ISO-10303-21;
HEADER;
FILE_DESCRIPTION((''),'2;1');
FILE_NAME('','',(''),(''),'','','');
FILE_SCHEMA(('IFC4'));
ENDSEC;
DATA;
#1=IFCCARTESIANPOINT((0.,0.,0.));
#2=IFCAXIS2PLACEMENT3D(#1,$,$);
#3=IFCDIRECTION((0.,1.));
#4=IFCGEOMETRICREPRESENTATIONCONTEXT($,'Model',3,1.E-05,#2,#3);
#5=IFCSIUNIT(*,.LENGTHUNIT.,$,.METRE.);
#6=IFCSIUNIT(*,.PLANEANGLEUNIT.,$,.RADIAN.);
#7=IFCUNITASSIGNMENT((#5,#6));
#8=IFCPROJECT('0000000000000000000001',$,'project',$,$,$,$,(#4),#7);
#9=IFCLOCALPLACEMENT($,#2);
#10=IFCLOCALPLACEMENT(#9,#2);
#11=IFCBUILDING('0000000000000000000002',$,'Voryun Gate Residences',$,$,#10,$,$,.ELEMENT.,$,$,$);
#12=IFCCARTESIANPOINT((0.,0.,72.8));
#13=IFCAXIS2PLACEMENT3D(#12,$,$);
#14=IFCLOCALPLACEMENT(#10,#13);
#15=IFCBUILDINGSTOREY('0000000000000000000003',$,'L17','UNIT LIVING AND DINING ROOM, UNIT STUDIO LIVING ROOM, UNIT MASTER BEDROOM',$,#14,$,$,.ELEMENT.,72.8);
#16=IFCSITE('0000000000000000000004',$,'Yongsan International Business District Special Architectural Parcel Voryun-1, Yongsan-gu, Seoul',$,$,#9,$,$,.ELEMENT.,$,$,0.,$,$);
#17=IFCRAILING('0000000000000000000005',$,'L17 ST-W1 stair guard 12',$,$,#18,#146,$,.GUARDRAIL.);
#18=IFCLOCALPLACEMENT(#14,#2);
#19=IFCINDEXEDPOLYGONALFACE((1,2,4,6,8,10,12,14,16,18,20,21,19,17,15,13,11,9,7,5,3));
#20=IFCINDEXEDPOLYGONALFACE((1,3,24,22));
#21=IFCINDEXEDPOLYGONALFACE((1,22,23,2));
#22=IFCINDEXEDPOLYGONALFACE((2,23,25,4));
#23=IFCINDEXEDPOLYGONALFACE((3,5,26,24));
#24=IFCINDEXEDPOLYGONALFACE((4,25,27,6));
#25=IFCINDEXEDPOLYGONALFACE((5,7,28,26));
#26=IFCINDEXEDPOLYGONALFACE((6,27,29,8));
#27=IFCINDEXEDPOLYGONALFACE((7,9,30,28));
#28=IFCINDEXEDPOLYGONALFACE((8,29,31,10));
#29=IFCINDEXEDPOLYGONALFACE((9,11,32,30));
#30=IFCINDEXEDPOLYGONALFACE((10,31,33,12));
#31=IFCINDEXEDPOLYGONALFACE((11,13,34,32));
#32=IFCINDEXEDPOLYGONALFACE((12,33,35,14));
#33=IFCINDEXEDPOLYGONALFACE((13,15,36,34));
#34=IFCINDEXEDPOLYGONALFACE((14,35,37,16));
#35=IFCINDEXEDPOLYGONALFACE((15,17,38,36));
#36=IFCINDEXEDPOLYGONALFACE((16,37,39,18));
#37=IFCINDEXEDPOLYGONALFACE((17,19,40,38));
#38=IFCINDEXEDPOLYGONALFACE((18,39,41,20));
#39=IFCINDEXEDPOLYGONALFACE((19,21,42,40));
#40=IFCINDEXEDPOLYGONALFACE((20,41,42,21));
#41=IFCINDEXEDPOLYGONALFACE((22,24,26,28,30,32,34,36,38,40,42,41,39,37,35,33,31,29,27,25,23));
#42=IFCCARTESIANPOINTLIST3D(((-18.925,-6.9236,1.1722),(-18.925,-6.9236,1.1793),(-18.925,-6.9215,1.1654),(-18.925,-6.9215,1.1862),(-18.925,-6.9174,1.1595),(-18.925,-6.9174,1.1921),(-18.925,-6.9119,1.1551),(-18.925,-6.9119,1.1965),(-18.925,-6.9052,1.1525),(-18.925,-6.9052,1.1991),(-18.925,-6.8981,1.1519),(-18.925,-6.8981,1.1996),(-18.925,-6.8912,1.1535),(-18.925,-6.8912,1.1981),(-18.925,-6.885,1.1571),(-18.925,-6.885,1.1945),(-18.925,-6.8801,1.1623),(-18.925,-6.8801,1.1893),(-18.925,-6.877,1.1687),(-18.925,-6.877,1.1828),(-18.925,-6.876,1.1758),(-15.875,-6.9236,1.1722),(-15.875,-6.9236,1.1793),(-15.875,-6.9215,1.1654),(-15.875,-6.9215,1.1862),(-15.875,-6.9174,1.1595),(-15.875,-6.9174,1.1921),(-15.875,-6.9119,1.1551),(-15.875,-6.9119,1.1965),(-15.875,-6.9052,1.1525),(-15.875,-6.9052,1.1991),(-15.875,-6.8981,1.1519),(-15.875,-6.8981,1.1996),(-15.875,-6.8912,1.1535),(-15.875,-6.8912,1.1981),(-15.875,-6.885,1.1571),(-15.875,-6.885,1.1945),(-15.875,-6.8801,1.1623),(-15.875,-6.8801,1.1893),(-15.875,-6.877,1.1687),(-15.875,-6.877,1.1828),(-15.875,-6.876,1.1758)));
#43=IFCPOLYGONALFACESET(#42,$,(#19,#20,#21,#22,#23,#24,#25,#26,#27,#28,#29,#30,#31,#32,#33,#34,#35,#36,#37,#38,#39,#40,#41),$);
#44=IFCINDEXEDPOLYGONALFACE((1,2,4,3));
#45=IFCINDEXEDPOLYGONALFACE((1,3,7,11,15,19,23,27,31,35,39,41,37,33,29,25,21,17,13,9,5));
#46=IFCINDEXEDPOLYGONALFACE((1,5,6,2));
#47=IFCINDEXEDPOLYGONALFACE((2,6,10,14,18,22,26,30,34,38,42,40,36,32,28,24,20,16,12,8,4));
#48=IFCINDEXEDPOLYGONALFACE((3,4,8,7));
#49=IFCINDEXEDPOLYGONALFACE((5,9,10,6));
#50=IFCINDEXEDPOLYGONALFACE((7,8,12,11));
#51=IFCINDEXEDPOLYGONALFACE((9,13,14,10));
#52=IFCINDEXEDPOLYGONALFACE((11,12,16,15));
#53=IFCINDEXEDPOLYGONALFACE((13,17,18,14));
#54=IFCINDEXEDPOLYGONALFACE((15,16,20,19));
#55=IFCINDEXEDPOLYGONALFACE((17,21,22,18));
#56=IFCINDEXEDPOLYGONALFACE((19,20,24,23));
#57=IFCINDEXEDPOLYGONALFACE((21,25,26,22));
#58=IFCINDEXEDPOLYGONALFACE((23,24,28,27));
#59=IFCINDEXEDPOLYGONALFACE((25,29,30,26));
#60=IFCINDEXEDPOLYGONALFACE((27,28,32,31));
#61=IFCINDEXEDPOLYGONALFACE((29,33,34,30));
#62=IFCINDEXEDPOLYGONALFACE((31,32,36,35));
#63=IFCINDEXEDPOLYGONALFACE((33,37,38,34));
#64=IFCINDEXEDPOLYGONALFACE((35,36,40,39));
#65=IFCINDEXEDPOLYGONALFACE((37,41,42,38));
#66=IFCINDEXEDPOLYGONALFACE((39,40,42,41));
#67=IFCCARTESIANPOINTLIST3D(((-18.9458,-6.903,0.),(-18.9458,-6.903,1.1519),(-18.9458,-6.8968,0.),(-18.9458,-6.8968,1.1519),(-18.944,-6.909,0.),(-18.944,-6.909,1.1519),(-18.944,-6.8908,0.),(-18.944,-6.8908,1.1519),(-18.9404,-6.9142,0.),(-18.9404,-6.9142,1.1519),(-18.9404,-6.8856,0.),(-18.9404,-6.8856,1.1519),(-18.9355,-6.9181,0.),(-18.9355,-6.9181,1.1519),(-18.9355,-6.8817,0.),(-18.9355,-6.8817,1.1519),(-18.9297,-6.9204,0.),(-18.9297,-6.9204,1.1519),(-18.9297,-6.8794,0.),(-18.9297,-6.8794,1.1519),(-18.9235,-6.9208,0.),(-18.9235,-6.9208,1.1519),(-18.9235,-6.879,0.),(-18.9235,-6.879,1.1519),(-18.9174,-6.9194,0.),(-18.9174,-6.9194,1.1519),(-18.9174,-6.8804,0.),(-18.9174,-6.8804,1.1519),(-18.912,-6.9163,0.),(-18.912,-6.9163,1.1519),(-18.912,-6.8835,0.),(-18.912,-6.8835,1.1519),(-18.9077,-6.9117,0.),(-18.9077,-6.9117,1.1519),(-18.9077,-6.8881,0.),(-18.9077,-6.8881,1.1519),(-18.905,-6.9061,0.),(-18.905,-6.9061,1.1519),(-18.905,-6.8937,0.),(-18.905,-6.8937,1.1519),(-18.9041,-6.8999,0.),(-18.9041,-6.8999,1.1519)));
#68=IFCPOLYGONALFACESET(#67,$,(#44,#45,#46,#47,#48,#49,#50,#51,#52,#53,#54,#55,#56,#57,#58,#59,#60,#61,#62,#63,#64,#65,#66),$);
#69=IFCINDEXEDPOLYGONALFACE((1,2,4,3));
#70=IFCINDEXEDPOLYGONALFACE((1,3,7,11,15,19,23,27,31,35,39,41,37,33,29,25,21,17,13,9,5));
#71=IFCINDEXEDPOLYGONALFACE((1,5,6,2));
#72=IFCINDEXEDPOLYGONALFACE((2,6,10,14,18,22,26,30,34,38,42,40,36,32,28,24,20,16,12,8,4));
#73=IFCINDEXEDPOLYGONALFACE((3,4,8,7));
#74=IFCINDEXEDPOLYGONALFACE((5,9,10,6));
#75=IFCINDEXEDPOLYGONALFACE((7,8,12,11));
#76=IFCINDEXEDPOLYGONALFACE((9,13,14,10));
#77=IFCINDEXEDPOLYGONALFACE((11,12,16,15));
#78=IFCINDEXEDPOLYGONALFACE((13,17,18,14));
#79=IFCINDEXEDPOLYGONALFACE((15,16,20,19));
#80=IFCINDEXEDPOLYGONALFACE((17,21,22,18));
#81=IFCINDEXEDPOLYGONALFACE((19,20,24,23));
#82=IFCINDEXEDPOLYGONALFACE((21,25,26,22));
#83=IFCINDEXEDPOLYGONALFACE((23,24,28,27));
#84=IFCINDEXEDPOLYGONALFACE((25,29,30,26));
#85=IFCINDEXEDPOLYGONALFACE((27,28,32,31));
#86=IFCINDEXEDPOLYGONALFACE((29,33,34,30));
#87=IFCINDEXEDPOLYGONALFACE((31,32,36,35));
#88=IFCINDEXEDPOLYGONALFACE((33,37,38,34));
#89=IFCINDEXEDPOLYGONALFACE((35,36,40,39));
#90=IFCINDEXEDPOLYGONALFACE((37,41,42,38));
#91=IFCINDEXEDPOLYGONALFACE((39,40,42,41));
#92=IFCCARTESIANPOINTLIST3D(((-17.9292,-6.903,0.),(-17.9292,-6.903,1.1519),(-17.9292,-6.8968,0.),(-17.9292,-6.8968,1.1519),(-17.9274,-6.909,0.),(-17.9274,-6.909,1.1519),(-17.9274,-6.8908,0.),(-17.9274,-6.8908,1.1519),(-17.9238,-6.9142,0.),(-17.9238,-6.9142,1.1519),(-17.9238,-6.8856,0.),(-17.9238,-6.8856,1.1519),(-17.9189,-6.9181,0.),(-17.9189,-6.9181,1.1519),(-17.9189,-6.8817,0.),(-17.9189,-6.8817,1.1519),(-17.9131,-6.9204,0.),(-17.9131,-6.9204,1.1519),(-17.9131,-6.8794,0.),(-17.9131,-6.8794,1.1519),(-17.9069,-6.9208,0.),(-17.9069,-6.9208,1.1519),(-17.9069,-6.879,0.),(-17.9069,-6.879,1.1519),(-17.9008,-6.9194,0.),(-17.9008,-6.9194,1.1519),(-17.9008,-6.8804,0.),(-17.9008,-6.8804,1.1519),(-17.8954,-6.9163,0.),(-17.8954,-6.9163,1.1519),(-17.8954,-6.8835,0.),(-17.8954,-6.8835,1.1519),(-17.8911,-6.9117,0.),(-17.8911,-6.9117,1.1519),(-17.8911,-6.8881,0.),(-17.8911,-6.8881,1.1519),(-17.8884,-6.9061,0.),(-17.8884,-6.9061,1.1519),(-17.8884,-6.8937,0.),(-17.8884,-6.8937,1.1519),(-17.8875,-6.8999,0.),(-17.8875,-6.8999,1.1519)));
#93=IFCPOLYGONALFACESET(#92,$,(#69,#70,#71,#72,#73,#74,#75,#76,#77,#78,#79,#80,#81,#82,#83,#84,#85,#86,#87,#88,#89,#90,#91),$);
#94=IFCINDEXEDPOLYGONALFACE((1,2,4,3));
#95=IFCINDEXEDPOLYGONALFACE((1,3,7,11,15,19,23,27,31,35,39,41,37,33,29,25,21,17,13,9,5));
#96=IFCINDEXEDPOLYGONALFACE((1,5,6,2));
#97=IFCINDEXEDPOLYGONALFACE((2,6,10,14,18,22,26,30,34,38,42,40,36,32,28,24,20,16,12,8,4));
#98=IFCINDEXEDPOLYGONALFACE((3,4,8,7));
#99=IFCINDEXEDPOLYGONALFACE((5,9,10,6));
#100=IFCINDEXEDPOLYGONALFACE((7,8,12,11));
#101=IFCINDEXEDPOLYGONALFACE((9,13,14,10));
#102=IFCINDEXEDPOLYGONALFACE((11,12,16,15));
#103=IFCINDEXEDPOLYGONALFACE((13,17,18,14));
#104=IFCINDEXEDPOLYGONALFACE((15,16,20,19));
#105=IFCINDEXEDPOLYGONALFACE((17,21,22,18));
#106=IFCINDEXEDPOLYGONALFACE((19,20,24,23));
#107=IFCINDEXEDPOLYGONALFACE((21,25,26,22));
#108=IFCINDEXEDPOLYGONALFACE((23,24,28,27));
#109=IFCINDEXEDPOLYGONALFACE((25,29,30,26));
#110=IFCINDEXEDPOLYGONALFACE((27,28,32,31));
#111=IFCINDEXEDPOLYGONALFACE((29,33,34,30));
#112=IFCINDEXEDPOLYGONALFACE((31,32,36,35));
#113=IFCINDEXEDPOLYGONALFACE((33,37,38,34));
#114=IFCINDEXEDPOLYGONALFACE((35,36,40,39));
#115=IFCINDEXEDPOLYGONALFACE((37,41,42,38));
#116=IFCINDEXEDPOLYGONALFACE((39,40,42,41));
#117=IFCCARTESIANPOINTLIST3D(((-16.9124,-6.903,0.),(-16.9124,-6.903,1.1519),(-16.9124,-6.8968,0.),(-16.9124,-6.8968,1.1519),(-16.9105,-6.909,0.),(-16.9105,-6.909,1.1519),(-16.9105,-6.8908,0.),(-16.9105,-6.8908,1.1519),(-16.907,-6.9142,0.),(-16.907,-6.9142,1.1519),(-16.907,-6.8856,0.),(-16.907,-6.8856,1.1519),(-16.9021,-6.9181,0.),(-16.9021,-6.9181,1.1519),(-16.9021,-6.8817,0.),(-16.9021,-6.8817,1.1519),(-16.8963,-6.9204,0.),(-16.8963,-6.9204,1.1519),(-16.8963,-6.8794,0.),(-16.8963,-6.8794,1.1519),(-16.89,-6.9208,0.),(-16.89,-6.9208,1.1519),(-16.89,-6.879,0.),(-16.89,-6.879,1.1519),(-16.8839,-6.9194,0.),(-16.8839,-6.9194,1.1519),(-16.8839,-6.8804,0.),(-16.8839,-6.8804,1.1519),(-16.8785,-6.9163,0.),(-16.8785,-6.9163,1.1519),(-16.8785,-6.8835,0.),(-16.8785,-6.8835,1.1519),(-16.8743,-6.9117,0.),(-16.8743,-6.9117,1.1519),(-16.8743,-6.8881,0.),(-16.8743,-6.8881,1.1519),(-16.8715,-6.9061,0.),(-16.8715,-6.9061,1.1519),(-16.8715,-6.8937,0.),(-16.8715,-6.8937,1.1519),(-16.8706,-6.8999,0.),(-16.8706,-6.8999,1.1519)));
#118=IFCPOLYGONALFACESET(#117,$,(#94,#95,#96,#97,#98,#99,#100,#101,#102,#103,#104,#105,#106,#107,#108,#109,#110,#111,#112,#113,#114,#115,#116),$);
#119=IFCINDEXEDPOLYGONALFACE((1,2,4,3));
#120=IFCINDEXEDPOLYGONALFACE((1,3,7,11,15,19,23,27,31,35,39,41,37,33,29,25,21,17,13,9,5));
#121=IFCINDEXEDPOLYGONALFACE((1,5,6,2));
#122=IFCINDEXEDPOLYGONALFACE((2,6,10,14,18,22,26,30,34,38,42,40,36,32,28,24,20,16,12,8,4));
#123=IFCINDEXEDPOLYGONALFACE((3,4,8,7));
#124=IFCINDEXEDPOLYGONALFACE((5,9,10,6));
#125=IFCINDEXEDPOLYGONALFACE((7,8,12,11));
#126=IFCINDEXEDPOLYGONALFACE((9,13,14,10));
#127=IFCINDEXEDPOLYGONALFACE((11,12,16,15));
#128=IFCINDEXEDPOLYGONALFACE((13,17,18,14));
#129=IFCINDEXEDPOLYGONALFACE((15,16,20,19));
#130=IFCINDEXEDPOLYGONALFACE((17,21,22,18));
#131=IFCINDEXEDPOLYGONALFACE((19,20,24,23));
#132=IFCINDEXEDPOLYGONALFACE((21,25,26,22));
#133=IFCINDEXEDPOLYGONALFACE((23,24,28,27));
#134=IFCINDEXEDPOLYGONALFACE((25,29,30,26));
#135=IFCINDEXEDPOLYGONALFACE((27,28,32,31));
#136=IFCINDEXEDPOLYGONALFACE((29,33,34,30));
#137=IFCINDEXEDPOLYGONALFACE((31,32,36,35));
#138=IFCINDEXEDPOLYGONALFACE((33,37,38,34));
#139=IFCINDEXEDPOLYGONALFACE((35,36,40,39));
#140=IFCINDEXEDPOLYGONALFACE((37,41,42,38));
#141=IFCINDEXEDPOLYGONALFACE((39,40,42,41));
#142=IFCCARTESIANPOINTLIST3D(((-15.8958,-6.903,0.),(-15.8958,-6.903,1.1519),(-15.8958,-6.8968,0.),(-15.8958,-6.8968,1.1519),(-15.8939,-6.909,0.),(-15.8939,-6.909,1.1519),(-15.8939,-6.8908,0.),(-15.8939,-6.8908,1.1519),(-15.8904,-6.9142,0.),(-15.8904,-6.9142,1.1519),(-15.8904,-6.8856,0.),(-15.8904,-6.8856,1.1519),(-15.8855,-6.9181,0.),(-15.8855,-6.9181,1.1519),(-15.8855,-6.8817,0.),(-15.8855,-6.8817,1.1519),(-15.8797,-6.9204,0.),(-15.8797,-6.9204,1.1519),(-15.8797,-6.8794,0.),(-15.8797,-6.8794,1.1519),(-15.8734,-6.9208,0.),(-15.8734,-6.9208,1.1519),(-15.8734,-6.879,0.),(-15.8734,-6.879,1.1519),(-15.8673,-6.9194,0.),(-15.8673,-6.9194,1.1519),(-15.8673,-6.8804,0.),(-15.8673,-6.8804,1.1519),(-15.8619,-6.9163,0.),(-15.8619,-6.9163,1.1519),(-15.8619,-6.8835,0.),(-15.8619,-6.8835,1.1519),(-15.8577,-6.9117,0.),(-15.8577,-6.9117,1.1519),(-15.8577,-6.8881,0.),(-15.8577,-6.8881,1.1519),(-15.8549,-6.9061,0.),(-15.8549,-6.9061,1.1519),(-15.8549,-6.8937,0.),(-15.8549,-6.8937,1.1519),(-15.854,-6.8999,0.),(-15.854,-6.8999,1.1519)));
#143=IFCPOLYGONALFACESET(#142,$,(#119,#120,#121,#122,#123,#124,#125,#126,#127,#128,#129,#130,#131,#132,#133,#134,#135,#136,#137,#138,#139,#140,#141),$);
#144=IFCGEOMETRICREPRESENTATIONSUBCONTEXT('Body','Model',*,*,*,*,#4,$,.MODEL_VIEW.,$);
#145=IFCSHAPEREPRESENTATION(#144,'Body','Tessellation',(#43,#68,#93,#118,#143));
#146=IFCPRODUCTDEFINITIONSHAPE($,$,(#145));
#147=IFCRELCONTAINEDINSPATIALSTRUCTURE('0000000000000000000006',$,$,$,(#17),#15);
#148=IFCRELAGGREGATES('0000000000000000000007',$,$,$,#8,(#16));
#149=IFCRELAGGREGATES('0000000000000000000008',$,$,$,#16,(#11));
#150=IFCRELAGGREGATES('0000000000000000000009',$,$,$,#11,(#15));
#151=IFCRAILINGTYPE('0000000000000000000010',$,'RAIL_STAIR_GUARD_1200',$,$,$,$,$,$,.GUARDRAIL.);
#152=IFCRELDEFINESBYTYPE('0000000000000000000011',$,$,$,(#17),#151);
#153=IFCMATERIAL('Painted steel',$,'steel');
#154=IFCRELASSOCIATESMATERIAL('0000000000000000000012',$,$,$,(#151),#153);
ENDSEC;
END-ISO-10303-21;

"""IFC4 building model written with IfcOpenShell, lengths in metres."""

from ifc_helpers import new_model, si_unit, direction, frame, origin, origin_2d, place, context, subcontext, project, spatial, circle, extrude, material, type_object, element, save


model = new_model("IFC4")

# Units and contexts
model_context = context("Model", 3, precision=1e-05, world=origin(), true_north=direction((0.0, 1.0)))
body_context = subcontext(model_context, "Body", "Model", "MODEL_VIEW")
ifc_project = project(units=[si_unit("LENGTHUNIT", "METRE"), si_unit("PLANEANGLEUNIT", "RADIAN")], contexts=[model_context])

# Site, building, storey
site_placement = place(None, origin())
site = spatial("IfcSite", under=ifc_project, at=site_placement, Name="Yongsan International Business District Special Architectural Parcel Voryun-1, Yongsan-gu, Seoul", CompositionType="ELEMENT", RefElevation=0.0)
building_placement = place(site_placement, origin())
building = spatial("IfcBuilding", under=site, at=building_placement, Name="Voryun Gate Residences", CompositionType="ELEMENT")
storey_placement = place(building_placement, frame((0.0, 0.0, 72.8)))
storey = spatial("IfcBuildingStorey", under=building, at=storey_placement, Name="L17", Description="UNIT LIVING AND DINING ROOM, UNIT STUDIO LIVING ROOM, UNIT MASTER BEDROOM", CompositionType="ELEMENT", Elevation=72.8)

# Railing
ifc_material_1 = material(Name="Painted steel", Category="steel")
railing_type = type_object("IfcRailingType", Name="RAIL_STAIR_GUARD_1200", PredefinedType="GUARDRAIL", material=ifc_material_1)
railing_placement = place(storey_placement, frame((-18.925, -6.8999, 0.0)))
element("IfcRailing", 1, at=railing_placement, inside=storey, type_object=railing_type, Name="L17 ST-W1 stair guard 12", PredefinedType="GUARDRAIL", context=body_context, shape_type="SweptSolid", body=[
    extrude(circle(Radius=0.0239, at=origin_2d()), frame((0.0, 0.0, 1.1758), z_axis=(1.0, 0.0, 0.0), x_axis=(0.0, 1.0, 0.0)), (0.0, 0.0, 1.0), 3.05),
    extrude(circle(Radius=0.021, at=origin_2d()), origin(), (0.0, 0.0, 1.0), 1.1519),
    extrude(circle(Radius=0.021, at=origin_2d()), frame((1.0166, 0.0, 0.0)), (0.0, 0.0, 1.0), 1.1519),
    extrude(circle(Radius=0.021, at=origin_2d()), frame((2.0334, 0.0, 0.0)), (0.0, 0.0, 1.0), 1.1519),
    extrude(circle(Radius=0.021, at=origin_2d()), frame((3.05, 0.0, 0.0)), (0.0, 0.0, 1.0), 1.1519),
])

save(model, "model.ifc")
